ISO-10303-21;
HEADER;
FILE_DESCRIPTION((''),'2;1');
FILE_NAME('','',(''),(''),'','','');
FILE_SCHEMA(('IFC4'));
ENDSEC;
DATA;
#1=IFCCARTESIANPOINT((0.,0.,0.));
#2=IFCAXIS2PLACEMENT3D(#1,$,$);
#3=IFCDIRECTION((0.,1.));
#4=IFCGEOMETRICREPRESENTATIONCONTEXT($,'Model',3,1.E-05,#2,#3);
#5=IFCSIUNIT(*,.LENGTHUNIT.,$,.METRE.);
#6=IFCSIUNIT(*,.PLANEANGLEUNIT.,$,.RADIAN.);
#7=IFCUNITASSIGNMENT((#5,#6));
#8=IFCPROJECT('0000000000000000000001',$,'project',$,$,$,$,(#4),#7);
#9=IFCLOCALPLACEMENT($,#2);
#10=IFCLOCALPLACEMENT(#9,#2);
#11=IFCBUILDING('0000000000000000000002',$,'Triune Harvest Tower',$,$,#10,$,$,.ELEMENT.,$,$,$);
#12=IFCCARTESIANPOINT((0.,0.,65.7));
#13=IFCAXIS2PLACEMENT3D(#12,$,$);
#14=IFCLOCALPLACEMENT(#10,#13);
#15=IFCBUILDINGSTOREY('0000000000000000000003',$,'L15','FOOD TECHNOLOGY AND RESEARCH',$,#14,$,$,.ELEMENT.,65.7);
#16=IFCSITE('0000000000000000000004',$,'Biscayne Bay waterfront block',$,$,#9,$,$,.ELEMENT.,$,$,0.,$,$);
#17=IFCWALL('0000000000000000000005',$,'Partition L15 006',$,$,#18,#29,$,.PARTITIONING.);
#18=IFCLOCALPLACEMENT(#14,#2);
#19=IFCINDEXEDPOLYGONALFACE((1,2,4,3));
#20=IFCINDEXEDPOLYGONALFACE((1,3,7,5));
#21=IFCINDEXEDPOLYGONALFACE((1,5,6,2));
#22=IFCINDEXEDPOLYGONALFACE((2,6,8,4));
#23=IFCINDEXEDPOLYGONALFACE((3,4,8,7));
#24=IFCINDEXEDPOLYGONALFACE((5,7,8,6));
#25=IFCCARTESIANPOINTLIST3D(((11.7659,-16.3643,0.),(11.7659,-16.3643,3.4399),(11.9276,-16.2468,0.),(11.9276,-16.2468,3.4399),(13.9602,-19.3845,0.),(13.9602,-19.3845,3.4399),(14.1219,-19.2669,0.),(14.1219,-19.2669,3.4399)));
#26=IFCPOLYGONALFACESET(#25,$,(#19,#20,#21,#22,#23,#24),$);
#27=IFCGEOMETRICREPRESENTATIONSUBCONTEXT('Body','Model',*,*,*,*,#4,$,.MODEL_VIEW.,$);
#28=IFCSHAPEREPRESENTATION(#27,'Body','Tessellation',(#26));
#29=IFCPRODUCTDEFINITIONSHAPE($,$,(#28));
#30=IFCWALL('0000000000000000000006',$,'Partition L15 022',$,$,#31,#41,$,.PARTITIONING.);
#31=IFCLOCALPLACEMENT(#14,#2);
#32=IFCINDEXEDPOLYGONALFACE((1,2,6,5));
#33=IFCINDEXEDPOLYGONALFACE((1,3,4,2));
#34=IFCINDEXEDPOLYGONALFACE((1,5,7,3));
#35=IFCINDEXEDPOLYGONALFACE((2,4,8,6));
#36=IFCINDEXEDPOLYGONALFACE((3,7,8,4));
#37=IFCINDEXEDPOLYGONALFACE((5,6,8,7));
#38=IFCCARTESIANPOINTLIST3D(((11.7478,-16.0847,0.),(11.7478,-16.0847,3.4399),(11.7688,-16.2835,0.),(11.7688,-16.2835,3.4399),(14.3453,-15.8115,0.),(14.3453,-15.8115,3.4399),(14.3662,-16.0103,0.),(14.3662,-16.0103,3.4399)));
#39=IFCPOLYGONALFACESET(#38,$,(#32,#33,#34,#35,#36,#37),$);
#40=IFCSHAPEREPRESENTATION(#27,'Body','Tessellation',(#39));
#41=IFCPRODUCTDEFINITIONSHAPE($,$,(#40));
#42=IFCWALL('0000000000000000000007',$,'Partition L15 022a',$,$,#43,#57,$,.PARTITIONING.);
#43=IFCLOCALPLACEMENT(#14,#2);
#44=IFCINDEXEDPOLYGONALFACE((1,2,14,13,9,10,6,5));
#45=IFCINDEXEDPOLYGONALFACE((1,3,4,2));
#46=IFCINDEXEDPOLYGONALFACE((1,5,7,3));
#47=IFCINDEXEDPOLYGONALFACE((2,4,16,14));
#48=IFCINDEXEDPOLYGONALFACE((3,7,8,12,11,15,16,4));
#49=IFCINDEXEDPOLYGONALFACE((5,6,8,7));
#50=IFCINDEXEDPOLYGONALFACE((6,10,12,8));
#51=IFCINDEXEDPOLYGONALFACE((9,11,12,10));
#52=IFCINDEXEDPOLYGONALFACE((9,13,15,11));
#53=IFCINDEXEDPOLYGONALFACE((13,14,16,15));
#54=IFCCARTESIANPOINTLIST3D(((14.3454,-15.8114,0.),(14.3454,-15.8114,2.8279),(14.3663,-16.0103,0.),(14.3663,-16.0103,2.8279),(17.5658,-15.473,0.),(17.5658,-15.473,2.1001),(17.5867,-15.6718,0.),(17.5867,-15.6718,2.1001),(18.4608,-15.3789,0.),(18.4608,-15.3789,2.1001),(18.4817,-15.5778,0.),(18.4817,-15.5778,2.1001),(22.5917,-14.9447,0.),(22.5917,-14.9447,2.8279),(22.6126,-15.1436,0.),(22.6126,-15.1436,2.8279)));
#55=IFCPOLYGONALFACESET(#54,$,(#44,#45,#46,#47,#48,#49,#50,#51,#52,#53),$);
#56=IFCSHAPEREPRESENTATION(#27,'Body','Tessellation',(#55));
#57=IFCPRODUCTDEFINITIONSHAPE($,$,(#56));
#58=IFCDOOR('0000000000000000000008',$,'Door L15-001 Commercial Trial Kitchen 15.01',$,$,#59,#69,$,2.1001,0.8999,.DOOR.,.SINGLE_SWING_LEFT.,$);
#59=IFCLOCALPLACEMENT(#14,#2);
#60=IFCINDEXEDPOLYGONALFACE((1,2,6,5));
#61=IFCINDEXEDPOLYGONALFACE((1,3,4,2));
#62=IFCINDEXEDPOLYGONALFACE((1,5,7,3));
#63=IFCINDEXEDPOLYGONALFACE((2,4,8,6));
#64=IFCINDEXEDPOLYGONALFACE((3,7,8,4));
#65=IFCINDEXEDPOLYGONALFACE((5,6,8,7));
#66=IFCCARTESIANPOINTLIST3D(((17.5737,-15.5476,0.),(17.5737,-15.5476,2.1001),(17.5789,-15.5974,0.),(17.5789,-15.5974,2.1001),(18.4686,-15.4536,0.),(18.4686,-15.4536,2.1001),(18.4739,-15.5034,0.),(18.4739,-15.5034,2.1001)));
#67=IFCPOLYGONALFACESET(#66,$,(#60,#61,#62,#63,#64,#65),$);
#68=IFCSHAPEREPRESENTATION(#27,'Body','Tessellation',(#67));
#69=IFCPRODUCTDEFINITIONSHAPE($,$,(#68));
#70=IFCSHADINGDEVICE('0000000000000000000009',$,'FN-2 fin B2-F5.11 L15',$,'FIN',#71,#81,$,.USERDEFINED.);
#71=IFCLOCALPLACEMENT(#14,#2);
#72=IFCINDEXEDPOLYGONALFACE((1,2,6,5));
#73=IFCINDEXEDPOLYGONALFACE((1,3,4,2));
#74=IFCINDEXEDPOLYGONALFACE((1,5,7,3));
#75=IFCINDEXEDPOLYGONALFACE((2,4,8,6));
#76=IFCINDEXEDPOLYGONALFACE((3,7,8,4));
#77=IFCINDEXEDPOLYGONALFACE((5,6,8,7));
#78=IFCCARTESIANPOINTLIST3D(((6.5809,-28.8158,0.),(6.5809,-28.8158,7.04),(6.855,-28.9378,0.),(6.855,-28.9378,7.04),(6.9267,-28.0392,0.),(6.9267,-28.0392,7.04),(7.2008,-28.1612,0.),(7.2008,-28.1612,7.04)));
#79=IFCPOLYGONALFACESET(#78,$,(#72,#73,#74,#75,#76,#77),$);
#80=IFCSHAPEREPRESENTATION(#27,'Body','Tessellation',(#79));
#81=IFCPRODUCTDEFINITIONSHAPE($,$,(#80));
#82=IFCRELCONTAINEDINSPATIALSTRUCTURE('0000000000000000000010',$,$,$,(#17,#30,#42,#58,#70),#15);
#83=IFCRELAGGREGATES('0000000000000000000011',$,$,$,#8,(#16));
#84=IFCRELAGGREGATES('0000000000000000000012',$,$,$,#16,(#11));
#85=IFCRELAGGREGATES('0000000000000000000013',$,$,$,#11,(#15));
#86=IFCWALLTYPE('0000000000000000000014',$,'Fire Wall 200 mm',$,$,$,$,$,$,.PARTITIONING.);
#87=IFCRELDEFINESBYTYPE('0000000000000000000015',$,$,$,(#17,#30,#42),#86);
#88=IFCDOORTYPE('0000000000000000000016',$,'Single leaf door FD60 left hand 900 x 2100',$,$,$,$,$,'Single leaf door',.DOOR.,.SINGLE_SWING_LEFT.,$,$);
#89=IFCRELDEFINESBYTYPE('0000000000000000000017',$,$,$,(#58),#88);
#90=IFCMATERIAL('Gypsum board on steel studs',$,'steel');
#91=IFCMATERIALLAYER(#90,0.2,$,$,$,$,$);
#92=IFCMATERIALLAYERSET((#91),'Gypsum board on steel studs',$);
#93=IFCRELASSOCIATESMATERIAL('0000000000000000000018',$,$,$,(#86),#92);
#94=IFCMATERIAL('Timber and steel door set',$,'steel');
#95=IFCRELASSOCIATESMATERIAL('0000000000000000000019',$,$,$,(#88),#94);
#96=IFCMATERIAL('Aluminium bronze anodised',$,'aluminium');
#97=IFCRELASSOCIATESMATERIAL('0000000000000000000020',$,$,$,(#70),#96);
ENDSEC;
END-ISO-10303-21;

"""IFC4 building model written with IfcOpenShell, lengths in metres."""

from ifc_helpers import new_model, si_unit, direction, frame, frame_2d, origin, origin_2d, place, context, subcontext, project, spatial, rectangle, extrude, source, transform, mapped, material, layer, layer_set, type_object, element, fill, save


model = new_model("IFC4")

# Units and contexts
model_context = context("Model", 3, precision=1e-05, world=origin(), true_north=direction((0.0, 1.0)))
body_context = subcontext(model_context, "Body", "Model", "MODEL_VIEW")
ifc_project = project(units=[si_unit("LENGTHUNIT", "METRE"), si_unit("PLANEANGLEUNIT", "RADIAN")], contexts=[model_context])

# Site, building, storey
site_placement = place(None, origin())
site = spatial("IfcSite", under=ifc_project, at=site_placement, Name="Biscayne Bay waterfront block", CompositionType="ELEMENT", RefElevation=0.0)
building_placement = place(site_placement, origin())
building = spatial("IfcBuilding", under=site, at=building_placement, Name="Triune Harvest Tower", CompositionType="ELEMENT")
storey_placement = place(building_placement, frame((0.0, 0.0, 65.7)))
storey = spatial("IfcBuildingStorey", under=building, at=storey_placement, Name="L15", Description="FOOD TECHNOLOGY AND RESEARCH", CompositionType="ELEMENT", Elevation=65.7)

# Walls
ifc_material_1 = material(Name="Gypsum board on steel studs", Category="steel")
ifc_layer_1 = layer(ifc_material_1, 0.2)
ifc_layer_set_1 = layer_set([ifc_layer_1], Name="Gypsum board on steel studs")
wall_type = type_object("IfcWallType", Name="Fire Wall 200 mm", PredefinedType="PARTITIONING", material=ifc_layer_set_1)
shared_shape_1 = source(origin(), body_context, "Body", "SweptSolid", [
    extrude(rectangle(XDim=3.7332, YDim=0.2, at=frame_2d((1.8667, 0.0))), origin(), (0.0, 0.0, 1.0), 3.4399),
])
wall_1_placement = place(storey_placement, frame((11.8467, -16.3054, 0.0), z_axis=(0.0, 0.0, 1.0), x_axis=(0.587783, -0.809019, 0.0)))
element("IfcWall", 1, at=wall_1_placement, inside=storey, type_object=wall_type, Name="Partition L15 006", PredefinedType="PARTITIONING", context=body_context, shape_type="MappedRepresentation", body=[
    mapped(shared_shape_1, transform((0.0, 0.0, 0.0), scale=1.0)),
])
shared_shape_2 = source(origin(), body_context, "Body", "SweptSolid", [
    extrude(rectangle(XDim=2.6118, YDim=0.2, at=frame_2d((1.3059, 0.0))), origin(), (0.0, 0.0, 1.0), 3.4399),
])
wall_2_placement = place(storey_placement, frame((11.7583, -16.1841, 0.0), z_axis=(0.0, 0.0, 1.0), x_axis=(0.994514, 0.104602, 0.0)))
element("IfcWall", 2, at=wall_2_placement, inside=storey, type_object=wall_type, Name="Partition L15 022", PredefinedType="PARTITIONING", context=body_context, shape_type="MappedRepresentation", body=[
    mapped(shared_shape_2, transform((0.0, 0.0, 0.0), scale=1.0)),
])

# Wall, opening, door
shared_shape_3 = source(origin(), body_context, "Body", "SweptSolid", [
    extrude(rectangle(XDim=8.2917, YDim=0.2, at=frame_2d((4.146, 0.0))), origin(), (0.0, 0.0, 1.0), 2.8279),
])
wall_3_placement = place(storey_placement, frame((14.3557, -15.9109, 0.0), z_axis=(0.0, 0.0, 1.0), x_axis=(0.994522, 0.104525, 0.0)))
wall_3 = element("IfcWall", 3, at=wall_3_placement, inside=storey, type_object=wall_type, Name="Partition L15 022a", PredefinedType="PARTITIONING", context=body_context, shape_type="MappedRepresentation", body=[
    mapped(shared_shape_3, transform((0.0, 0.0, 0.0), scale=1.0)),
])
opening_placement = place(wall_3_placement, frame((3.2383, 0.0, 0.0)))
opening = element("IfcOpeningElement", 4, at=opening_placement, cuts=wall_3, PredefinedType="OPENING", context=body_context, shape_type="SweptSolid", body=[
    extrude(rectangle(XDim=0.8999, YDim=2.1001, at=frame_2d((0.45, 1.05))), frame((0.0, 0.1099, 0.0), z_axis=(0.0, -1.0, 0.0), x_axis=(1.0, 0.0, 0.0)), (0.0, 0.0, 1.0), 0.22),
])
ifc_material_2 = material(Name="Timber and steel door set", Category="steel")
door_type = type_object("IfcDoorType", Name="Single leaf door FD60 left hand 900 x 2100", ElementType="Single leaf door", OperationType="SINGLE_SWING_LEFT", PredefinedType="DOOR", material=ifc_material_2)
door_placement = place(opening_placement, origin())
door = element("IfcDoor", 5, at=door_placement, inside=storey, type_object=door_type, Name="Door L15-001 Commercial Trial Kitchen 15.01", OperationType="SINGLE_SWING_LEFT", OverallHeight=2.1001, OverallWidth=0.8999, PredefinedType="DOOR", context=body_context, shape_type="SweptSolid", body=[
    extrude(rectangle(XDim=0.8999, YDim=2.1001, at=frame_2d((0.45, 1.05))), frame((0.0, 0.0249, 0.0), z_axis=(0.0, -1.0, 0.0), x_axis=(1.0, 0.0, 0.0)), (0.0, 0.0, 1.0), 0.05),
])
fill(opening, door)

# Shading device
ifc_material_3 = material(Name="Aluminium bronze anodised", Category="aluminium")
shared_shape_4 = source(origin(), body_context, "Body", "SweptSolid", [
    extrude(rectangle(XDim=0.3, YDim=0.8501, at=origin_2d()), origin(), (0.0, 0.0, 1.0), 7.04),
])
shading_device_placement = place(storey_placement, frame((6.8909, -28.4885, 0.0), z_axis=(0.0, 0.0, 1.0), x_axis=(0.913545, -0.406737, 0.0)))
element("IfcShadingDevice", 6, at=shading_device_placement, inside=storey, material=ifc_material_3, Name="FN-2 fin B2-F5.11 L15", ObjectType="FIN", PredefinedType="USERDEFINED", context=body_context, shape_type="MappedRepresentation", body=[
    mapped(shared_shape_4, transform((0.0, 0.0, 0.0), scale=1.0)),
])

save(model, "model.ifc")
